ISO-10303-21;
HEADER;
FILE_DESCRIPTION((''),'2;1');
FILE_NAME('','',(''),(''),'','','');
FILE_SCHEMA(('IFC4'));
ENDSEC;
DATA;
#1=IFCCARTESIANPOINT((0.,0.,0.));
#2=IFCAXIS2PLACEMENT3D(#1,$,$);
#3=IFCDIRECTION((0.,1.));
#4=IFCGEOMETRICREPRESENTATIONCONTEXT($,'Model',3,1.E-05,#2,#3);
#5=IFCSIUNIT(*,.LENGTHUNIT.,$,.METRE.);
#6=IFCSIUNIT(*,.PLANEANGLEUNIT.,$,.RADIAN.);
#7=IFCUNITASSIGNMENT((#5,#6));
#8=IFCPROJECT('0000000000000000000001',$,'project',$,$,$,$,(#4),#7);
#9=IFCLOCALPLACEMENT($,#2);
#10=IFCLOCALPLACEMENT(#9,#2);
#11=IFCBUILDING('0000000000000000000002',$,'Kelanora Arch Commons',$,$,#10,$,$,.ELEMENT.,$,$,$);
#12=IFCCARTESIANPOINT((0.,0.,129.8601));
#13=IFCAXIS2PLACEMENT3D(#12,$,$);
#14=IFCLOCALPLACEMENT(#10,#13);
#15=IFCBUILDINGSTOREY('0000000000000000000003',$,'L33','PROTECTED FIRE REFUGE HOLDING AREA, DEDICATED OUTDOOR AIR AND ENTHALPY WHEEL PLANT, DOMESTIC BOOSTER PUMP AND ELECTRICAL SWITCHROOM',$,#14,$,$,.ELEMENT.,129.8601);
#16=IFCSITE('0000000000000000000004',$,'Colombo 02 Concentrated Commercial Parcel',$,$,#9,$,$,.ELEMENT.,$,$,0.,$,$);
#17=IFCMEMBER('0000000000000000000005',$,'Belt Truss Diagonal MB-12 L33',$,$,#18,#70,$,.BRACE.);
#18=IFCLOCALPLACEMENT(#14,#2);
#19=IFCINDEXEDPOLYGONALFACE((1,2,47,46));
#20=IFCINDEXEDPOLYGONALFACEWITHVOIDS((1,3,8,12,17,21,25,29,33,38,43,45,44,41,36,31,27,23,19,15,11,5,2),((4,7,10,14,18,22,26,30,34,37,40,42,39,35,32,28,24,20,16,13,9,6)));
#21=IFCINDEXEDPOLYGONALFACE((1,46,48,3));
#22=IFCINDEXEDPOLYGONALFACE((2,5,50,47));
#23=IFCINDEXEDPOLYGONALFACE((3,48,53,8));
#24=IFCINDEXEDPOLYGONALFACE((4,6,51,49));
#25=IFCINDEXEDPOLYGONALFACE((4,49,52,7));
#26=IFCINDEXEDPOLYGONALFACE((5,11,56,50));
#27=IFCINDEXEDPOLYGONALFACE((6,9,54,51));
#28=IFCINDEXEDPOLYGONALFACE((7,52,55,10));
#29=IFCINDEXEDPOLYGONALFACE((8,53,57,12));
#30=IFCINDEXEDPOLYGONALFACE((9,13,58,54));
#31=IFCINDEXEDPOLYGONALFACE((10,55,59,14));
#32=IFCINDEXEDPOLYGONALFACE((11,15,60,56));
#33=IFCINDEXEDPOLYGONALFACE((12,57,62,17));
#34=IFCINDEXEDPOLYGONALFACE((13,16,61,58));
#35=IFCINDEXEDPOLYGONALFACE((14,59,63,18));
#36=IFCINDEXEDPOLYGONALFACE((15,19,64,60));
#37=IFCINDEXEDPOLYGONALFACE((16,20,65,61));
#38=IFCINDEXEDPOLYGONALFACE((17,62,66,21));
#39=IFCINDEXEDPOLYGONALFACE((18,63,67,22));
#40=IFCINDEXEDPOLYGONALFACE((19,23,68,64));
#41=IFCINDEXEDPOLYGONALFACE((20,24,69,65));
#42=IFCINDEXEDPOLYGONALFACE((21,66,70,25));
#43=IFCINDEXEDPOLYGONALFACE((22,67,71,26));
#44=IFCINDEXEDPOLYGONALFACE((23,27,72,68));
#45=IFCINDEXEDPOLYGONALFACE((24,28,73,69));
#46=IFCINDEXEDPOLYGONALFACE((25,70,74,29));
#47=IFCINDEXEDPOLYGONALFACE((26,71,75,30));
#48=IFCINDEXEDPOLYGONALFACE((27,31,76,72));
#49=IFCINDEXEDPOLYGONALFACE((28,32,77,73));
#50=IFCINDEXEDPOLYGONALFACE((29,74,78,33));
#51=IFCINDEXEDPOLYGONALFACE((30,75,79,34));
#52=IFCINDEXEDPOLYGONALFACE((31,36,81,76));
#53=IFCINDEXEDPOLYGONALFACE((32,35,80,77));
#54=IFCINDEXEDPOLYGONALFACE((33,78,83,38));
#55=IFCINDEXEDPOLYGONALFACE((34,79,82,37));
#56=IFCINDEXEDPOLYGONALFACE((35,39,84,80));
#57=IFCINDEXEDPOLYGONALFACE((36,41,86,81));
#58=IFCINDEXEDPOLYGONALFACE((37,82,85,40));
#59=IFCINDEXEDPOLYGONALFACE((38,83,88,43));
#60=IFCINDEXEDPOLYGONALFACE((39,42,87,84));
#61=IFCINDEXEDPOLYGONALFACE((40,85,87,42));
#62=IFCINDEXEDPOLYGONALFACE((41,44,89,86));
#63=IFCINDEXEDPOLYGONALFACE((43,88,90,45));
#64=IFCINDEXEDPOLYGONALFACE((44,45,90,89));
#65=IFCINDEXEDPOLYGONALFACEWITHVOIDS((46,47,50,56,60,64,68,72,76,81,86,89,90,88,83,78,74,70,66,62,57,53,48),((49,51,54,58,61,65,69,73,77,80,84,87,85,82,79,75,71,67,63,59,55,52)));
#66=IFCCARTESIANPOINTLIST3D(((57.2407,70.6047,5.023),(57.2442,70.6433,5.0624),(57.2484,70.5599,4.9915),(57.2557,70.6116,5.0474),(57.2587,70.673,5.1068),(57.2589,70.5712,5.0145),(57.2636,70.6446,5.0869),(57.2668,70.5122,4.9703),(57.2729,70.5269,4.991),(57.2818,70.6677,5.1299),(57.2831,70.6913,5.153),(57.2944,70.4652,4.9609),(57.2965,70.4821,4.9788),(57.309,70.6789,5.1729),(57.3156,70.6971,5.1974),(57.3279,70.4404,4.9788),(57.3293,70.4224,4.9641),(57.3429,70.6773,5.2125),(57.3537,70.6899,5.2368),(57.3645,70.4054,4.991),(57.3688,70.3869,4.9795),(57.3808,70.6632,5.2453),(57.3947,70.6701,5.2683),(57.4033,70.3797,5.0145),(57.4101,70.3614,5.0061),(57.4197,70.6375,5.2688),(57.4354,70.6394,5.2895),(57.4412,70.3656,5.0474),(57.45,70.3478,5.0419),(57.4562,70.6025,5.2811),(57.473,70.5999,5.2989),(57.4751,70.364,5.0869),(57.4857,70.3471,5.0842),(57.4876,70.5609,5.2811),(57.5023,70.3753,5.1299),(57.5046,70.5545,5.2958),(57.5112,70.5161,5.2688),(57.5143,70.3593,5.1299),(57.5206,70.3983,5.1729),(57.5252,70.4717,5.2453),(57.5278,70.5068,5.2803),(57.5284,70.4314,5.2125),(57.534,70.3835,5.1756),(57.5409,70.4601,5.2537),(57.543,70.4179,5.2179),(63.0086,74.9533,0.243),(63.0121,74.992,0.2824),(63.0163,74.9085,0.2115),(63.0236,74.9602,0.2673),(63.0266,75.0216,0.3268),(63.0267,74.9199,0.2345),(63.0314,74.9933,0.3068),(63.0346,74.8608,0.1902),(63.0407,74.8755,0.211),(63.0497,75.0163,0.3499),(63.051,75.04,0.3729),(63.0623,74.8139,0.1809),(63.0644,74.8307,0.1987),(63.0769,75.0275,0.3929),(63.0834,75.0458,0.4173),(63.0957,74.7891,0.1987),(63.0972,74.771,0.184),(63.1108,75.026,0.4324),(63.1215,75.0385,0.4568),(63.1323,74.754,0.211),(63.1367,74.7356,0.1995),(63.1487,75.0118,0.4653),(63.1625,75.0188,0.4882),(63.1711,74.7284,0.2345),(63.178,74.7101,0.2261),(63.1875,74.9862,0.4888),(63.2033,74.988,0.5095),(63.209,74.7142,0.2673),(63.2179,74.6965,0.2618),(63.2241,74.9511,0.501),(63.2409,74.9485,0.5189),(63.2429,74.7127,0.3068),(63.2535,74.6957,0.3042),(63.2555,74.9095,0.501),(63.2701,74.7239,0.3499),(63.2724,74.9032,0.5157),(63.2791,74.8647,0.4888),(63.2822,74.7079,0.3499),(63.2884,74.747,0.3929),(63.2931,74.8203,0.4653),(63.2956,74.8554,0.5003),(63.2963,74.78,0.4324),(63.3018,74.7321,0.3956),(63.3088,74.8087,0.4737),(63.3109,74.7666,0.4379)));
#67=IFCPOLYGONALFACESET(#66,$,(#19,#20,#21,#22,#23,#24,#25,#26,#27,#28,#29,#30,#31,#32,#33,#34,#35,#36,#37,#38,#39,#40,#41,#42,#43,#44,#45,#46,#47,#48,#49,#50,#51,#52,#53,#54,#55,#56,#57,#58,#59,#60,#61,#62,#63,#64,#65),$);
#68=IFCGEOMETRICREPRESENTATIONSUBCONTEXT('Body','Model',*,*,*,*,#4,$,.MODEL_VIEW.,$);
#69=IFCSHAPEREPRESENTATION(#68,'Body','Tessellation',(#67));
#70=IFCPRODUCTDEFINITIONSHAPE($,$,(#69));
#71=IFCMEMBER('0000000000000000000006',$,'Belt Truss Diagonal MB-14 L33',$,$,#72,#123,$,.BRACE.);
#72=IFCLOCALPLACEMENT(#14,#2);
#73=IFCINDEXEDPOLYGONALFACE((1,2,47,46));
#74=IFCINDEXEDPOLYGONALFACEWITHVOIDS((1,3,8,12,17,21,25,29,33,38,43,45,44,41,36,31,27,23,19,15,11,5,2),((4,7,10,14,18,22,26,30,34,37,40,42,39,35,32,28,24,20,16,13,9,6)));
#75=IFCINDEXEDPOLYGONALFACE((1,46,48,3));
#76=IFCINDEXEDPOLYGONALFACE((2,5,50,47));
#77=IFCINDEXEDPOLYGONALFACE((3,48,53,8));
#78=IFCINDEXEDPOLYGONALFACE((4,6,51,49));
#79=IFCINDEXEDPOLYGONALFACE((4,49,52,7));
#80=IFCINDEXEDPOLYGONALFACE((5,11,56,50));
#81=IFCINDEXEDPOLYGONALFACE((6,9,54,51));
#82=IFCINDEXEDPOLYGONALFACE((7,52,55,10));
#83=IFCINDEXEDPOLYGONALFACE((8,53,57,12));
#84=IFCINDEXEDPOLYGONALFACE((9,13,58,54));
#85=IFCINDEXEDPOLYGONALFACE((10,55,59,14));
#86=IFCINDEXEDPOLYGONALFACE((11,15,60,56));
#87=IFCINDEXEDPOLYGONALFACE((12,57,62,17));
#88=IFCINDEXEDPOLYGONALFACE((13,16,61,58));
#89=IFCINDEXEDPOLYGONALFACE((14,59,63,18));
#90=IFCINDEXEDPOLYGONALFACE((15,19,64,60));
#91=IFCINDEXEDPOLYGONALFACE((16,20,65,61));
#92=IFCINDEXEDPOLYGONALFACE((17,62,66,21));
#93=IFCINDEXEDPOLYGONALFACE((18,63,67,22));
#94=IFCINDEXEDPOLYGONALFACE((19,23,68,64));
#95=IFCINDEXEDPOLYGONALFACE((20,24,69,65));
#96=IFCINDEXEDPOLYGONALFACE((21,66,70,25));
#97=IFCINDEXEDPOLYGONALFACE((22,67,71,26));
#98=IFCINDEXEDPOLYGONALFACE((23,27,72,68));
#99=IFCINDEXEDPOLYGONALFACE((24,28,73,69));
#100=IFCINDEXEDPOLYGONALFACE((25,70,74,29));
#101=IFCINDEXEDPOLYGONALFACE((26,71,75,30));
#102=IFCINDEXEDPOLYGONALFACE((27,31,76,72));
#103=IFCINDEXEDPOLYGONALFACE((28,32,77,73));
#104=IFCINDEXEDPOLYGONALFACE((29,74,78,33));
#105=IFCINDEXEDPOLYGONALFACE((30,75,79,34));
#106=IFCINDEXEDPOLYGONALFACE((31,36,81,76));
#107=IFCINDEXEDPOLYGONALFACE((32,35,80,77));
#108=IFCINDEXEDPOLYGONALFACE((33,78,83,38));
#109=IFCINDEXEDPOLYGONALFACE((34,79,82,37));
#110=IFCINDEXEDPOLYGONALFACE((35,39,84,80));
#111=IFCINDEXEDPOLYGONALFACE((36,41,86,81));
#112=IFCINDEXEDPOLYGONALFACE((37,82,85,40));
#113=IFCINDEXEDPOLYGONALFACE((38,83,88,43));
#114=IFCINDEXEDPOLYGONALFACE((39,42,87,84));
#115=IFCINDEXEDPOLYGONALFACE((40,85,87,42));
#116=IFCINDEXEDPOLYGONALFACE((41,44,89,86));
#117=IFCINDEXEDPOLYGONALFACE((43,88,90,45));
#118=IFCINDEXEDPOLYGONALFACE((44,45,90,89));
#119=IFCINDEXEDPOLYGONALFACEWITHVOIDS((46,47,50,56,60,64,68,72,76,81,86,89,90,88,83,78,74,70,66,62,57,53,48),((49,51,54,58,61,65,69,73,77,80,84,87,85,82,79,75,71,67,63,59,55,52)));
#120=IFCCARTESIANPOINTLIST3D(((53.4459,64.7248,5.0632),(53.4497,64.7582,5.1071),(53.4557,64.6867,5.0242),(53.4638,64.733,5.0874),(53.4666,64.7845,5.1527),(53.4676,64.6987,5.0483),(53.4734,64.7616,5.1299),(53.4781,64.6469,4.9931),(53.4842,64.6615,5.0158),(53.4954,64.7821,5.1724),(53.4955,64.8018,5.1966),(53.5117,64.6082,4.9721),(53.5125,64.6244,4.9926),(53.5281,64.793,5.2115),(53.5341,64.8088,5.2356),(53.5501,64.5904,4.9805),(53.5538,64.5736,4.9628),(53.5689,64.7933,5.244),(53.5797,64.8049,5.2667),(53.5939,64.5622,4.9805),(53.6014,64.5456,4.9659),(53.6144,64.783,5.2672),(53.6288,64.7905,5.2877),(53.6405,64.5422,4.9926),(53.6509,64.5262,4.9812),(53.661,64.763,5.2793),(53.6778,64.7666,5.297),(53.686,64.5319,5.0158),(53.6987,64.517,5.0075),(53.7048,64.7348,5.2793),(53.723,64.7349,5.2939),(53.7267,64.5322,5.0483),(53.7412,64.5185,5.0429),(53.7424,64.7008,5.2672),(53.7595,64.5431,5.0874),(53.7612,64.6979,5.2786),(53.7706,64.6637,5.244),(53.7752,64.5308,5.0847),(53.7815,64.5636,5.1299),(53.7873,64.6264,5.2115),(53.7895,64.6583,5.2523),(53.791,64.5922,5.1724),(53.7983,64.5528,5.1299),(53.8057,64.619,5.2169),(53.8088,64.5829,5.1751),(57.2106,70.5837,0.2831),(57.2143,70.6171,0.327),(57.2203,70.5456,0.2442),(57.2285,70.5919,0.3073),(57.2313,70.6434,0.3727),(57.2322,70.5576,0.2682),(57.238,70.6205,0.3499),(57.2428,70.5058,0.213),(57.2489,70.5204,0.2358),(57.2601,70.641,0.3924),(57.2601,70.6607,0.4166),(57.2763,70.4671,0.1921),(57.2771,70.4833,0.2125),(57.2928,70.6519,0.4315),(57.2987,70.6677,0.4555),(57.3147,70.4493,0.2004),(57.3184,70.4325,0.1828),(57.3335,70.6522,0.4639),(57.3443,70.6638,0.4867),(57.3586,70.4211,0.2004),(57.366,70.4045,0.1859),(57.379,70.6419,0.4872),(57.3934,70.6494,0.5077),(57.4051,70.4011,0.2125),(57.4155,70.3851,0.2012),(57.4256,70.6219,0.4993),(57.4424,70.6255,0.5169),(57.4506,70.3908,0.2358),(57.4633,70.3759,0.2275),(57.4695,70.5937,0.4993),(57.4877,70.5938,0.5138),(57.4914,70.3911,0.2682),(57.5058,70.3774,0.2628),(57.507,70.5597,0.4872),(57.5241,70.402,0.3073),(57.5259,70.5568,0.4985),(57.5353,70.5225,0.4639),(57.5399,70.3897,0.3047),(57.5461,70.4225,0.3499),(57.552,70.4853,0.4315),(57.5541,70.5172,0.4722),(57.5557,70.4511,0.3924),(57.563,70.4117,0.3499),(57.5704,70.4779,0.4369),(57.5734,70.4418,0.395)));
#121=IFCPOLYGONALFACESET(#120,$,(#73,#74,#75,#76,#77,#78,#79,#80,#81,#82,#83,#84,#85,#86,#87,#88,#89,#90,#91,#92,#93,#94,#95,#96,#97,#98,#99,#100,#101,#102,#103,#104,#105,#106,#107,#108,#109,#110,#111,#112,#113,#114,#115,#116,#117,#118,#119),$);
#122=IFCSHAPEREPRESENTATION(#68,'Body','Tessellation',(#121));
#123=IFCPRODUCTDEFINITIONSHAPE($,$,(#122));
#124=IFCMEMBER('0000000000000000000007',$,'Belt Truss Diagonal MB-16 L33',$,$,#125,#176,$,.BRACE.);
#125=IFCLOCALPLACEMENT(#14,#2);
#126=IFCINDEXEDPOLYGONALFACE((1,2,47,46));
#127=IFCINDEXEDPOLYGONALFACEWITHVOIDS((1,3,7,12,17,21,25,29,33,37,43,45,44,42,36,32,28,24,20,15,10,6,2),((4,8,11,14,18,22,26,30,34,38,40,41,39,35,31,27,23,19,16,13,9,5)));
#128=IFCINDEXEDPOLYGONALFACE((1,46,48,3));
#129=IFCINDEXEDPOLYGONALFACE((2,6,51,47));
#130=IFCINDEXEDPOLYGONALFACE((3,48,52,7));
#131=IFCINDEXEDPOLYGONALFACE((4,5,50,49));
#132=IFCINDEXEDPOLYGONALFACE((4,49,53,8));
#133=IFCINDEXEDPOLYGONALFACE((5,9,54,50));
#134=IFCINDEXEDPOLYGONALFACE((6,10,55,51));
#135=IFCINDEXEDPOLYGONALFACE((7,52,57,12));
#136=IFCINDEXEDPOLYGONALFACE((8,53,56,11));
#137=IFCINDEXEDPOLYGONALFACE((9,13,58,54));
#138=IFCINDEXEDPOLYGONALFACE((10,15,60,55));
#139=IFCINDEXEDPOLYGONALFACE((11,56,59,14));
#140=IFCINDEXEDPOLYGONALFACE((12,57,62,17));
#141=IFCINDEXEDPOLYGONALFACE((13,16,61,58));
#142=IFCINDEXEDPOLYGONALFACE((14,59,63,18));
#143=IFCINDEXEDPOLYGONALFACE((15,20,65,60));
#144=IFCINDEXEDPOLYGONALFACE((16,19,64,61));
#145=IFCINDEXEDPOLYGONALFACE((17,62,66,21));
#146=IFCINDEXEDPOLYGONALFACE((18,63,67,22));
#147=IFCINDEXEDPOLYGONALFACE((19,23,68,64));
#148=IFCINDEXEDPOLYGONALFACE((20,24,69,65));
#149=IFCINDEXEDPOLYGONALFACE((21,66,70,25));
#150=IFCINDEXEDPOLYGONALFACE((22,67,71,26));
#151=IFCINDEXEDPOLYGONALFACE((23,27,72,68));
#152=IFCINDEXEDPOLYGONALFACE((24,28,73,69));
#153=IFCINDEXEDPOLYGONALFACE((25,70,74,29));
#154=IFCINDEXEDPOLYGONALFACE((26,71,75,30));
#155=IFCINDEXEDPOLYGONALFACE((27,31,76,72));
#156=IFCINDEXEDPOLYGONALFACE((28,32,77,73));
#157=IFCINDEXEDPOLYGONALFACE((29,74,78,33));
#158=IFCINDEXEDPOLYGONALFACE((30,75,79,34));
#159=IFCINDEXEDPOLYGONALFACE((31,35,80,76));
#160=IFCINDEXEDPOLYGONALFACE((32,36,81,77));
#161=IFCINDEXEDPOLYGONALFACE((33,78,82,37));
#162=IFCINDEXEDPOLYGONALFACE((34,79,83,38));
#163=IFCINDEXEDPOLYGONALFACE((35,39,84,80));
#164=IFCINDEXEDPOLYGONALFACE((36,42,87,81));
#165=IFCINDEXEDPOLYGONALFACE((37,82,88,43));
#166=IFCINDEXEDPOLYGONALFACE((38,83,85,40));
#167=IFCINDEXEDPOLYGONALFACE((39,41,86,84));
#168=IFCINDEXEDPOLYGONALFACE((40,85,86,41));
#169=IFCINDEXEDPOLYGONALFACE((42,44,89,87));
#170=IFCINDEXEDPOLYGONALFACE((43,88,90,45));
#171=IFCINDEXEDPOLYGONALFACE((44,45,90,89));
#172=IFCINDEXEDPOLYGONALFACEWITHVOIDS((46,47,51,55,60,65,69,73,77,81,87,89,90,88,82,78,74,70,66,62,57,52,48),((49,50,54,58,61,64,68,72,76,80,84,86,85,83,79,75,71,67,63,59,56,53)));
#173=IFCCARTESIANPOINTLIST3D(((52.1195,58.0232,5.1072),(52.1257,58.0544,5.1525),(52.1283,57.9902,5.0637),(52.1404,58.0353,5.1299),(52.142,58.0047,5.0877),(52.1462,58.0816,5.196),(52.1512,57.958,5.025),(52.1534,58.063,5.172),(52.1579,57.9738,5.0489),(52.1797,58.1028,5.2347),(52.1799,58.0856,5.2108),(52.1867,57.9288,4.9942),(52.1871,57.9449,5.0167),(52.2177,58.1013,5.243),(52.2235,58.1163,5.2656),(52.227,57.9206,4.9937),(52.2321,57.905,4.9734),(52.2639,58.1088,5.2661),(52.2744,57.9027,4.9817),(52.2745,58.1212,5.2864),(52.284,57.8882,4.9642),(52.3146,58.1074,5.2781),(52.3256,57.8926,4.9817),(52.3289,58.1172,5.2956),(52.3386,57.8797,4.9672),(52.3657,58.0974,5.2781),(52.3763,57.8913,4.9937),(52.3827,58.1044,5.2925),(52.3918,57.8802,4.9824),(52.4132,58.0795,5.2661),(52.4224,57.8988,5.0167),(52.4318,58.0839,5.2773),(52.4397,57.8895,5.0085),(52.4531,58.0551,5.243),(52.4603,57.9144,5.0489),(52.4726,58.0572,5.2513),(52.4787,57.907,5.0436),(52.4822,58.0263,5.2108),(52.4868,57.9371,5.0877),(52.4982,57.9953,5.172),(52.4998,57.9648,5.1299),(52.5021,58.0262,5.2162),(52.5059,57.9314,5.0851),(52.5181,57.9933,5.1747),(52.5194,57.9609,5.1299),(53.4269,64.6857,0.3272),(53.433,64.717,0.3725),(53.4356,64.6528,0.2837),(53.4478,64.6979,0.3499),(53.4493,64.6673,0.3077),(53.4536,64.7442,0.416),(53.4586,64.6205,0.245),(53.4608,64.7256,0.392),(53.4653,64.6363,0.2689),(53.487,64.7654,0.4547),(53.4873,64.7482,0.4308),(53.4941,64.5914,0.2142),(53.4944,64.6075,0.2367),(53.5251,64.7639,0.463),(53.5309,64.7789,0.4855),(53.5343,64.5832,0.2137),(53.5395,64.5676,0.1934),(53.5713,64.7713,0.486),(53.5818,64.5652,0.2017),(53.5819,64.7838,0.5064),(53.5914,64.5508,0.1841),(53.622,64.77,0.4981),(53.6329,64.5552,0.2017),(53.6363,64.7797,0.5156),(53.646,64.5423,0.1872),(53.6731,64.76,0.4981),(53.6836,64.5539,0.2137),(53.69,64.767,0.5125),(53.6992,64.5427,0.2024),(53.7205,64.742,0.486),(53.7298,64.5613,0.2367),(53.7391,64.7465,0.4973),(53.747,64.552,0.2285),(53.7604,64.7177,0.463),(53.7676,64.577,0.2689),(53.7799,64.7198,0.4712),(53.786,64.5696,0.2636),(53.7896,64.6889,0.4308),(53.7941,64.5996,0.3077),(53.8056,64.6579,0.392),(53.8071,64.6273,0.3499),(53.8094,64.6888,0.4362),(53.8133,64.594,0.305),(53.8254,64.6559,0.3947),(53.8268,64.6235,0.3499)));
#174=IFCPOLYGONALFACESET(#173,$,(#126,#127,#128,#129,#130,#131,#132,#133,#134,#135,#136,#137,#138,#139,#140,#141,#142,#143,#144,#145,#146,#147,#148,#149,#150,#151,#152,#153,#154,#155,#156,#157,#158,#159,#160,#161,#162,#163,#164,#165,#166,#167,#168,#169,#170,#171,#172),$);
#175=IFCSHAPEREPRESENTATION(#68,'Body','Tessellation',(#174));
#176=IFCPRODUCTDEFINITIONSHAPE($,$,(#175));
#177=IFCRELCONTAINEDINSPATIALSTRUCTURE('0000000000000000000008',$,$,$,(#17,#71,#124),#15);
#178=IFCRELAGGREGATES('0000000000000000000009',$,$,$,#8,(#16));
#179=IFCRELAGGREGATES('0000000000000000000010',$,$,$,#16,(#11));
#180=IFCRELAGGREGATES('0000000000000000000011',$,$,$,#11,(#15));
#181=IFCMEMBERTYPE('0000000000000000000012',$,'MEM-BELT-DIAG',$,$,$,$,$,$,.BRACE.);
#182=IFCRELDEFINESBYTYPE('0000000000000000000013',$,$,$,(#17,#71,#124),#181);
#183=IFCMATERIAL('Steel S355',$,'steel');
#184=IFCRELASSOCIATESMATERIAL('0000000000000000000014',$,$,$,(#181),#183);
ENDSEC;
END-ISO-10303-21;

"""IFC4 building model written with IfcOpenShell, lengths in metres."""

from ifc_helpers import new_model, si_unit, direction, frame, origin, origin_2d, place, context, subcontext, project, spatial, hollow_circle, extrude, material, material_profile, profile_set, type_object, element, save


model = new_model("IFC4")

# Units and contexts
model_context = context("Model", 3, precision=1e-05, world=origin(), true_north=direction((0.0, 1.0)))
body_context = subcontext(model_context, "Body", "Model", "MODEL_VIEW")
ifc_project = project(units=[si_unit("LENGTHUNIT", "METRE"), si_unit("PLANEANGLEUNIT", "RADIAN")], contexts=[model_context])

# Site, building, storey
site_placement = place(None, origin())
site = spatial("IfcSite", under=ifc_project, at=site_placement, Name="Colombo 02 Concentrated Commercial Parcel", CompositionType="ELEMENT", RefElevation=0.0)
building_placement = place(site_placement, origin())
building = spatial("IfcBuilding", under=site, at=building_placement, Name="Kelanora Arch Commons", CompositionType="ELEMENT")
storey_placement = place(building_placement, frame((0.0, 0.0, 129.8601)))
storey = spatial("IfcBuildingStorey", under=building, at=storey_placement, Name="L33", Description="PROTECTED FIRE REFUGE HOLDING AREA, DEDICATED OUTDOOR AIR AND ENTHALPY WHEEL PLANT, DOMESTIC BOOSTER PUMP AND ELECTRICAL SWITCHROOM", CompositionType="ELEMENT", Elevation=129.8601)

# Shared definitions
ifc_material_1 = material(Name="Steel S355", Category="steel")

# Members
ifc_material_profile_1 = material_profile(ifc_material_1, hollow_circle(Radius=0.2031, WallThickness=0.02, at=origin_2d()), Name="CHS406.4x20")
ifc_profile_set_1 = profile_set([ifc_material_profile_1], Name="Steel S355")
member_type = type_object("IfcMemberType", Name="MEM-BELT-DIAG", PredefinedType="BRACE", material=ifc_profile_set_1)
member_1_placement = place(storey_placement, frame((63.1599, 74.8701, 0.3499), z_axis=(-0.665891, -0.502046, 0.551851), x_axis=(0.602015, -0.798485, 0.0)))
element("IfcMember", 1, at=member_1_placement, inside=storey, type_object=member_type, Name="Belt Truss Diagonal MB-12 L33", PredefinedType="BRACE", context=body_context, shape_type="SweptSolid", body=[
    extrude(hollow_circle(Radius=0.2031, WallThickness=0.02, at=origin_2d()), origin(), (0.0, 0.0, 1.0), 8.6619),
])
member_2_placement = place(storey_placement, frame((57.3921, 70.5215, 0.3499), z_axis=(-0.445691, -0.693625, 0.565901), x_axis=(0.841295, -0.540577, 0.0)))
element("IfcMember", 2, at=member_2_placement, inside=storey, type_object=member_type, Name="Belt Truss Diagonal MB-14 L33", PredefinedType="BRACE", context=body_context, shape_type="SweptSolid", body=[
    extrude(hollow_circle(Radius=0.2031, WallThickness=0.02, at=origin_2d()), origin(), (0.0, 0.0, 1.0), 8.4468),
])
for number, where, z_axis, x_axis, name in (
    (3, (53.6274, 64.6626, 0.3499), (-0.157448, -0.802384, 0.575664), (0.981286, -0.192554, 0.0), "Belt Truss Diagonal MB-16 L33"),
):
    element("IfcMember", number, at=place(storey_placement, frame(where, z_axis=z_axis, x_axis=x_axis)), inside=storey, type_object=member_type, Name=name, PredefinedType="BRACE", context=body_context, shape_type="SweptSolid", body=[
        extrude(hollow_circle(Radius=0.2031, WallThickness=0.02, at=origin_2d()), origin(), (0.0, 0.0, 1.0), 8.3035),
    ])

save(model, "model.ifc")
